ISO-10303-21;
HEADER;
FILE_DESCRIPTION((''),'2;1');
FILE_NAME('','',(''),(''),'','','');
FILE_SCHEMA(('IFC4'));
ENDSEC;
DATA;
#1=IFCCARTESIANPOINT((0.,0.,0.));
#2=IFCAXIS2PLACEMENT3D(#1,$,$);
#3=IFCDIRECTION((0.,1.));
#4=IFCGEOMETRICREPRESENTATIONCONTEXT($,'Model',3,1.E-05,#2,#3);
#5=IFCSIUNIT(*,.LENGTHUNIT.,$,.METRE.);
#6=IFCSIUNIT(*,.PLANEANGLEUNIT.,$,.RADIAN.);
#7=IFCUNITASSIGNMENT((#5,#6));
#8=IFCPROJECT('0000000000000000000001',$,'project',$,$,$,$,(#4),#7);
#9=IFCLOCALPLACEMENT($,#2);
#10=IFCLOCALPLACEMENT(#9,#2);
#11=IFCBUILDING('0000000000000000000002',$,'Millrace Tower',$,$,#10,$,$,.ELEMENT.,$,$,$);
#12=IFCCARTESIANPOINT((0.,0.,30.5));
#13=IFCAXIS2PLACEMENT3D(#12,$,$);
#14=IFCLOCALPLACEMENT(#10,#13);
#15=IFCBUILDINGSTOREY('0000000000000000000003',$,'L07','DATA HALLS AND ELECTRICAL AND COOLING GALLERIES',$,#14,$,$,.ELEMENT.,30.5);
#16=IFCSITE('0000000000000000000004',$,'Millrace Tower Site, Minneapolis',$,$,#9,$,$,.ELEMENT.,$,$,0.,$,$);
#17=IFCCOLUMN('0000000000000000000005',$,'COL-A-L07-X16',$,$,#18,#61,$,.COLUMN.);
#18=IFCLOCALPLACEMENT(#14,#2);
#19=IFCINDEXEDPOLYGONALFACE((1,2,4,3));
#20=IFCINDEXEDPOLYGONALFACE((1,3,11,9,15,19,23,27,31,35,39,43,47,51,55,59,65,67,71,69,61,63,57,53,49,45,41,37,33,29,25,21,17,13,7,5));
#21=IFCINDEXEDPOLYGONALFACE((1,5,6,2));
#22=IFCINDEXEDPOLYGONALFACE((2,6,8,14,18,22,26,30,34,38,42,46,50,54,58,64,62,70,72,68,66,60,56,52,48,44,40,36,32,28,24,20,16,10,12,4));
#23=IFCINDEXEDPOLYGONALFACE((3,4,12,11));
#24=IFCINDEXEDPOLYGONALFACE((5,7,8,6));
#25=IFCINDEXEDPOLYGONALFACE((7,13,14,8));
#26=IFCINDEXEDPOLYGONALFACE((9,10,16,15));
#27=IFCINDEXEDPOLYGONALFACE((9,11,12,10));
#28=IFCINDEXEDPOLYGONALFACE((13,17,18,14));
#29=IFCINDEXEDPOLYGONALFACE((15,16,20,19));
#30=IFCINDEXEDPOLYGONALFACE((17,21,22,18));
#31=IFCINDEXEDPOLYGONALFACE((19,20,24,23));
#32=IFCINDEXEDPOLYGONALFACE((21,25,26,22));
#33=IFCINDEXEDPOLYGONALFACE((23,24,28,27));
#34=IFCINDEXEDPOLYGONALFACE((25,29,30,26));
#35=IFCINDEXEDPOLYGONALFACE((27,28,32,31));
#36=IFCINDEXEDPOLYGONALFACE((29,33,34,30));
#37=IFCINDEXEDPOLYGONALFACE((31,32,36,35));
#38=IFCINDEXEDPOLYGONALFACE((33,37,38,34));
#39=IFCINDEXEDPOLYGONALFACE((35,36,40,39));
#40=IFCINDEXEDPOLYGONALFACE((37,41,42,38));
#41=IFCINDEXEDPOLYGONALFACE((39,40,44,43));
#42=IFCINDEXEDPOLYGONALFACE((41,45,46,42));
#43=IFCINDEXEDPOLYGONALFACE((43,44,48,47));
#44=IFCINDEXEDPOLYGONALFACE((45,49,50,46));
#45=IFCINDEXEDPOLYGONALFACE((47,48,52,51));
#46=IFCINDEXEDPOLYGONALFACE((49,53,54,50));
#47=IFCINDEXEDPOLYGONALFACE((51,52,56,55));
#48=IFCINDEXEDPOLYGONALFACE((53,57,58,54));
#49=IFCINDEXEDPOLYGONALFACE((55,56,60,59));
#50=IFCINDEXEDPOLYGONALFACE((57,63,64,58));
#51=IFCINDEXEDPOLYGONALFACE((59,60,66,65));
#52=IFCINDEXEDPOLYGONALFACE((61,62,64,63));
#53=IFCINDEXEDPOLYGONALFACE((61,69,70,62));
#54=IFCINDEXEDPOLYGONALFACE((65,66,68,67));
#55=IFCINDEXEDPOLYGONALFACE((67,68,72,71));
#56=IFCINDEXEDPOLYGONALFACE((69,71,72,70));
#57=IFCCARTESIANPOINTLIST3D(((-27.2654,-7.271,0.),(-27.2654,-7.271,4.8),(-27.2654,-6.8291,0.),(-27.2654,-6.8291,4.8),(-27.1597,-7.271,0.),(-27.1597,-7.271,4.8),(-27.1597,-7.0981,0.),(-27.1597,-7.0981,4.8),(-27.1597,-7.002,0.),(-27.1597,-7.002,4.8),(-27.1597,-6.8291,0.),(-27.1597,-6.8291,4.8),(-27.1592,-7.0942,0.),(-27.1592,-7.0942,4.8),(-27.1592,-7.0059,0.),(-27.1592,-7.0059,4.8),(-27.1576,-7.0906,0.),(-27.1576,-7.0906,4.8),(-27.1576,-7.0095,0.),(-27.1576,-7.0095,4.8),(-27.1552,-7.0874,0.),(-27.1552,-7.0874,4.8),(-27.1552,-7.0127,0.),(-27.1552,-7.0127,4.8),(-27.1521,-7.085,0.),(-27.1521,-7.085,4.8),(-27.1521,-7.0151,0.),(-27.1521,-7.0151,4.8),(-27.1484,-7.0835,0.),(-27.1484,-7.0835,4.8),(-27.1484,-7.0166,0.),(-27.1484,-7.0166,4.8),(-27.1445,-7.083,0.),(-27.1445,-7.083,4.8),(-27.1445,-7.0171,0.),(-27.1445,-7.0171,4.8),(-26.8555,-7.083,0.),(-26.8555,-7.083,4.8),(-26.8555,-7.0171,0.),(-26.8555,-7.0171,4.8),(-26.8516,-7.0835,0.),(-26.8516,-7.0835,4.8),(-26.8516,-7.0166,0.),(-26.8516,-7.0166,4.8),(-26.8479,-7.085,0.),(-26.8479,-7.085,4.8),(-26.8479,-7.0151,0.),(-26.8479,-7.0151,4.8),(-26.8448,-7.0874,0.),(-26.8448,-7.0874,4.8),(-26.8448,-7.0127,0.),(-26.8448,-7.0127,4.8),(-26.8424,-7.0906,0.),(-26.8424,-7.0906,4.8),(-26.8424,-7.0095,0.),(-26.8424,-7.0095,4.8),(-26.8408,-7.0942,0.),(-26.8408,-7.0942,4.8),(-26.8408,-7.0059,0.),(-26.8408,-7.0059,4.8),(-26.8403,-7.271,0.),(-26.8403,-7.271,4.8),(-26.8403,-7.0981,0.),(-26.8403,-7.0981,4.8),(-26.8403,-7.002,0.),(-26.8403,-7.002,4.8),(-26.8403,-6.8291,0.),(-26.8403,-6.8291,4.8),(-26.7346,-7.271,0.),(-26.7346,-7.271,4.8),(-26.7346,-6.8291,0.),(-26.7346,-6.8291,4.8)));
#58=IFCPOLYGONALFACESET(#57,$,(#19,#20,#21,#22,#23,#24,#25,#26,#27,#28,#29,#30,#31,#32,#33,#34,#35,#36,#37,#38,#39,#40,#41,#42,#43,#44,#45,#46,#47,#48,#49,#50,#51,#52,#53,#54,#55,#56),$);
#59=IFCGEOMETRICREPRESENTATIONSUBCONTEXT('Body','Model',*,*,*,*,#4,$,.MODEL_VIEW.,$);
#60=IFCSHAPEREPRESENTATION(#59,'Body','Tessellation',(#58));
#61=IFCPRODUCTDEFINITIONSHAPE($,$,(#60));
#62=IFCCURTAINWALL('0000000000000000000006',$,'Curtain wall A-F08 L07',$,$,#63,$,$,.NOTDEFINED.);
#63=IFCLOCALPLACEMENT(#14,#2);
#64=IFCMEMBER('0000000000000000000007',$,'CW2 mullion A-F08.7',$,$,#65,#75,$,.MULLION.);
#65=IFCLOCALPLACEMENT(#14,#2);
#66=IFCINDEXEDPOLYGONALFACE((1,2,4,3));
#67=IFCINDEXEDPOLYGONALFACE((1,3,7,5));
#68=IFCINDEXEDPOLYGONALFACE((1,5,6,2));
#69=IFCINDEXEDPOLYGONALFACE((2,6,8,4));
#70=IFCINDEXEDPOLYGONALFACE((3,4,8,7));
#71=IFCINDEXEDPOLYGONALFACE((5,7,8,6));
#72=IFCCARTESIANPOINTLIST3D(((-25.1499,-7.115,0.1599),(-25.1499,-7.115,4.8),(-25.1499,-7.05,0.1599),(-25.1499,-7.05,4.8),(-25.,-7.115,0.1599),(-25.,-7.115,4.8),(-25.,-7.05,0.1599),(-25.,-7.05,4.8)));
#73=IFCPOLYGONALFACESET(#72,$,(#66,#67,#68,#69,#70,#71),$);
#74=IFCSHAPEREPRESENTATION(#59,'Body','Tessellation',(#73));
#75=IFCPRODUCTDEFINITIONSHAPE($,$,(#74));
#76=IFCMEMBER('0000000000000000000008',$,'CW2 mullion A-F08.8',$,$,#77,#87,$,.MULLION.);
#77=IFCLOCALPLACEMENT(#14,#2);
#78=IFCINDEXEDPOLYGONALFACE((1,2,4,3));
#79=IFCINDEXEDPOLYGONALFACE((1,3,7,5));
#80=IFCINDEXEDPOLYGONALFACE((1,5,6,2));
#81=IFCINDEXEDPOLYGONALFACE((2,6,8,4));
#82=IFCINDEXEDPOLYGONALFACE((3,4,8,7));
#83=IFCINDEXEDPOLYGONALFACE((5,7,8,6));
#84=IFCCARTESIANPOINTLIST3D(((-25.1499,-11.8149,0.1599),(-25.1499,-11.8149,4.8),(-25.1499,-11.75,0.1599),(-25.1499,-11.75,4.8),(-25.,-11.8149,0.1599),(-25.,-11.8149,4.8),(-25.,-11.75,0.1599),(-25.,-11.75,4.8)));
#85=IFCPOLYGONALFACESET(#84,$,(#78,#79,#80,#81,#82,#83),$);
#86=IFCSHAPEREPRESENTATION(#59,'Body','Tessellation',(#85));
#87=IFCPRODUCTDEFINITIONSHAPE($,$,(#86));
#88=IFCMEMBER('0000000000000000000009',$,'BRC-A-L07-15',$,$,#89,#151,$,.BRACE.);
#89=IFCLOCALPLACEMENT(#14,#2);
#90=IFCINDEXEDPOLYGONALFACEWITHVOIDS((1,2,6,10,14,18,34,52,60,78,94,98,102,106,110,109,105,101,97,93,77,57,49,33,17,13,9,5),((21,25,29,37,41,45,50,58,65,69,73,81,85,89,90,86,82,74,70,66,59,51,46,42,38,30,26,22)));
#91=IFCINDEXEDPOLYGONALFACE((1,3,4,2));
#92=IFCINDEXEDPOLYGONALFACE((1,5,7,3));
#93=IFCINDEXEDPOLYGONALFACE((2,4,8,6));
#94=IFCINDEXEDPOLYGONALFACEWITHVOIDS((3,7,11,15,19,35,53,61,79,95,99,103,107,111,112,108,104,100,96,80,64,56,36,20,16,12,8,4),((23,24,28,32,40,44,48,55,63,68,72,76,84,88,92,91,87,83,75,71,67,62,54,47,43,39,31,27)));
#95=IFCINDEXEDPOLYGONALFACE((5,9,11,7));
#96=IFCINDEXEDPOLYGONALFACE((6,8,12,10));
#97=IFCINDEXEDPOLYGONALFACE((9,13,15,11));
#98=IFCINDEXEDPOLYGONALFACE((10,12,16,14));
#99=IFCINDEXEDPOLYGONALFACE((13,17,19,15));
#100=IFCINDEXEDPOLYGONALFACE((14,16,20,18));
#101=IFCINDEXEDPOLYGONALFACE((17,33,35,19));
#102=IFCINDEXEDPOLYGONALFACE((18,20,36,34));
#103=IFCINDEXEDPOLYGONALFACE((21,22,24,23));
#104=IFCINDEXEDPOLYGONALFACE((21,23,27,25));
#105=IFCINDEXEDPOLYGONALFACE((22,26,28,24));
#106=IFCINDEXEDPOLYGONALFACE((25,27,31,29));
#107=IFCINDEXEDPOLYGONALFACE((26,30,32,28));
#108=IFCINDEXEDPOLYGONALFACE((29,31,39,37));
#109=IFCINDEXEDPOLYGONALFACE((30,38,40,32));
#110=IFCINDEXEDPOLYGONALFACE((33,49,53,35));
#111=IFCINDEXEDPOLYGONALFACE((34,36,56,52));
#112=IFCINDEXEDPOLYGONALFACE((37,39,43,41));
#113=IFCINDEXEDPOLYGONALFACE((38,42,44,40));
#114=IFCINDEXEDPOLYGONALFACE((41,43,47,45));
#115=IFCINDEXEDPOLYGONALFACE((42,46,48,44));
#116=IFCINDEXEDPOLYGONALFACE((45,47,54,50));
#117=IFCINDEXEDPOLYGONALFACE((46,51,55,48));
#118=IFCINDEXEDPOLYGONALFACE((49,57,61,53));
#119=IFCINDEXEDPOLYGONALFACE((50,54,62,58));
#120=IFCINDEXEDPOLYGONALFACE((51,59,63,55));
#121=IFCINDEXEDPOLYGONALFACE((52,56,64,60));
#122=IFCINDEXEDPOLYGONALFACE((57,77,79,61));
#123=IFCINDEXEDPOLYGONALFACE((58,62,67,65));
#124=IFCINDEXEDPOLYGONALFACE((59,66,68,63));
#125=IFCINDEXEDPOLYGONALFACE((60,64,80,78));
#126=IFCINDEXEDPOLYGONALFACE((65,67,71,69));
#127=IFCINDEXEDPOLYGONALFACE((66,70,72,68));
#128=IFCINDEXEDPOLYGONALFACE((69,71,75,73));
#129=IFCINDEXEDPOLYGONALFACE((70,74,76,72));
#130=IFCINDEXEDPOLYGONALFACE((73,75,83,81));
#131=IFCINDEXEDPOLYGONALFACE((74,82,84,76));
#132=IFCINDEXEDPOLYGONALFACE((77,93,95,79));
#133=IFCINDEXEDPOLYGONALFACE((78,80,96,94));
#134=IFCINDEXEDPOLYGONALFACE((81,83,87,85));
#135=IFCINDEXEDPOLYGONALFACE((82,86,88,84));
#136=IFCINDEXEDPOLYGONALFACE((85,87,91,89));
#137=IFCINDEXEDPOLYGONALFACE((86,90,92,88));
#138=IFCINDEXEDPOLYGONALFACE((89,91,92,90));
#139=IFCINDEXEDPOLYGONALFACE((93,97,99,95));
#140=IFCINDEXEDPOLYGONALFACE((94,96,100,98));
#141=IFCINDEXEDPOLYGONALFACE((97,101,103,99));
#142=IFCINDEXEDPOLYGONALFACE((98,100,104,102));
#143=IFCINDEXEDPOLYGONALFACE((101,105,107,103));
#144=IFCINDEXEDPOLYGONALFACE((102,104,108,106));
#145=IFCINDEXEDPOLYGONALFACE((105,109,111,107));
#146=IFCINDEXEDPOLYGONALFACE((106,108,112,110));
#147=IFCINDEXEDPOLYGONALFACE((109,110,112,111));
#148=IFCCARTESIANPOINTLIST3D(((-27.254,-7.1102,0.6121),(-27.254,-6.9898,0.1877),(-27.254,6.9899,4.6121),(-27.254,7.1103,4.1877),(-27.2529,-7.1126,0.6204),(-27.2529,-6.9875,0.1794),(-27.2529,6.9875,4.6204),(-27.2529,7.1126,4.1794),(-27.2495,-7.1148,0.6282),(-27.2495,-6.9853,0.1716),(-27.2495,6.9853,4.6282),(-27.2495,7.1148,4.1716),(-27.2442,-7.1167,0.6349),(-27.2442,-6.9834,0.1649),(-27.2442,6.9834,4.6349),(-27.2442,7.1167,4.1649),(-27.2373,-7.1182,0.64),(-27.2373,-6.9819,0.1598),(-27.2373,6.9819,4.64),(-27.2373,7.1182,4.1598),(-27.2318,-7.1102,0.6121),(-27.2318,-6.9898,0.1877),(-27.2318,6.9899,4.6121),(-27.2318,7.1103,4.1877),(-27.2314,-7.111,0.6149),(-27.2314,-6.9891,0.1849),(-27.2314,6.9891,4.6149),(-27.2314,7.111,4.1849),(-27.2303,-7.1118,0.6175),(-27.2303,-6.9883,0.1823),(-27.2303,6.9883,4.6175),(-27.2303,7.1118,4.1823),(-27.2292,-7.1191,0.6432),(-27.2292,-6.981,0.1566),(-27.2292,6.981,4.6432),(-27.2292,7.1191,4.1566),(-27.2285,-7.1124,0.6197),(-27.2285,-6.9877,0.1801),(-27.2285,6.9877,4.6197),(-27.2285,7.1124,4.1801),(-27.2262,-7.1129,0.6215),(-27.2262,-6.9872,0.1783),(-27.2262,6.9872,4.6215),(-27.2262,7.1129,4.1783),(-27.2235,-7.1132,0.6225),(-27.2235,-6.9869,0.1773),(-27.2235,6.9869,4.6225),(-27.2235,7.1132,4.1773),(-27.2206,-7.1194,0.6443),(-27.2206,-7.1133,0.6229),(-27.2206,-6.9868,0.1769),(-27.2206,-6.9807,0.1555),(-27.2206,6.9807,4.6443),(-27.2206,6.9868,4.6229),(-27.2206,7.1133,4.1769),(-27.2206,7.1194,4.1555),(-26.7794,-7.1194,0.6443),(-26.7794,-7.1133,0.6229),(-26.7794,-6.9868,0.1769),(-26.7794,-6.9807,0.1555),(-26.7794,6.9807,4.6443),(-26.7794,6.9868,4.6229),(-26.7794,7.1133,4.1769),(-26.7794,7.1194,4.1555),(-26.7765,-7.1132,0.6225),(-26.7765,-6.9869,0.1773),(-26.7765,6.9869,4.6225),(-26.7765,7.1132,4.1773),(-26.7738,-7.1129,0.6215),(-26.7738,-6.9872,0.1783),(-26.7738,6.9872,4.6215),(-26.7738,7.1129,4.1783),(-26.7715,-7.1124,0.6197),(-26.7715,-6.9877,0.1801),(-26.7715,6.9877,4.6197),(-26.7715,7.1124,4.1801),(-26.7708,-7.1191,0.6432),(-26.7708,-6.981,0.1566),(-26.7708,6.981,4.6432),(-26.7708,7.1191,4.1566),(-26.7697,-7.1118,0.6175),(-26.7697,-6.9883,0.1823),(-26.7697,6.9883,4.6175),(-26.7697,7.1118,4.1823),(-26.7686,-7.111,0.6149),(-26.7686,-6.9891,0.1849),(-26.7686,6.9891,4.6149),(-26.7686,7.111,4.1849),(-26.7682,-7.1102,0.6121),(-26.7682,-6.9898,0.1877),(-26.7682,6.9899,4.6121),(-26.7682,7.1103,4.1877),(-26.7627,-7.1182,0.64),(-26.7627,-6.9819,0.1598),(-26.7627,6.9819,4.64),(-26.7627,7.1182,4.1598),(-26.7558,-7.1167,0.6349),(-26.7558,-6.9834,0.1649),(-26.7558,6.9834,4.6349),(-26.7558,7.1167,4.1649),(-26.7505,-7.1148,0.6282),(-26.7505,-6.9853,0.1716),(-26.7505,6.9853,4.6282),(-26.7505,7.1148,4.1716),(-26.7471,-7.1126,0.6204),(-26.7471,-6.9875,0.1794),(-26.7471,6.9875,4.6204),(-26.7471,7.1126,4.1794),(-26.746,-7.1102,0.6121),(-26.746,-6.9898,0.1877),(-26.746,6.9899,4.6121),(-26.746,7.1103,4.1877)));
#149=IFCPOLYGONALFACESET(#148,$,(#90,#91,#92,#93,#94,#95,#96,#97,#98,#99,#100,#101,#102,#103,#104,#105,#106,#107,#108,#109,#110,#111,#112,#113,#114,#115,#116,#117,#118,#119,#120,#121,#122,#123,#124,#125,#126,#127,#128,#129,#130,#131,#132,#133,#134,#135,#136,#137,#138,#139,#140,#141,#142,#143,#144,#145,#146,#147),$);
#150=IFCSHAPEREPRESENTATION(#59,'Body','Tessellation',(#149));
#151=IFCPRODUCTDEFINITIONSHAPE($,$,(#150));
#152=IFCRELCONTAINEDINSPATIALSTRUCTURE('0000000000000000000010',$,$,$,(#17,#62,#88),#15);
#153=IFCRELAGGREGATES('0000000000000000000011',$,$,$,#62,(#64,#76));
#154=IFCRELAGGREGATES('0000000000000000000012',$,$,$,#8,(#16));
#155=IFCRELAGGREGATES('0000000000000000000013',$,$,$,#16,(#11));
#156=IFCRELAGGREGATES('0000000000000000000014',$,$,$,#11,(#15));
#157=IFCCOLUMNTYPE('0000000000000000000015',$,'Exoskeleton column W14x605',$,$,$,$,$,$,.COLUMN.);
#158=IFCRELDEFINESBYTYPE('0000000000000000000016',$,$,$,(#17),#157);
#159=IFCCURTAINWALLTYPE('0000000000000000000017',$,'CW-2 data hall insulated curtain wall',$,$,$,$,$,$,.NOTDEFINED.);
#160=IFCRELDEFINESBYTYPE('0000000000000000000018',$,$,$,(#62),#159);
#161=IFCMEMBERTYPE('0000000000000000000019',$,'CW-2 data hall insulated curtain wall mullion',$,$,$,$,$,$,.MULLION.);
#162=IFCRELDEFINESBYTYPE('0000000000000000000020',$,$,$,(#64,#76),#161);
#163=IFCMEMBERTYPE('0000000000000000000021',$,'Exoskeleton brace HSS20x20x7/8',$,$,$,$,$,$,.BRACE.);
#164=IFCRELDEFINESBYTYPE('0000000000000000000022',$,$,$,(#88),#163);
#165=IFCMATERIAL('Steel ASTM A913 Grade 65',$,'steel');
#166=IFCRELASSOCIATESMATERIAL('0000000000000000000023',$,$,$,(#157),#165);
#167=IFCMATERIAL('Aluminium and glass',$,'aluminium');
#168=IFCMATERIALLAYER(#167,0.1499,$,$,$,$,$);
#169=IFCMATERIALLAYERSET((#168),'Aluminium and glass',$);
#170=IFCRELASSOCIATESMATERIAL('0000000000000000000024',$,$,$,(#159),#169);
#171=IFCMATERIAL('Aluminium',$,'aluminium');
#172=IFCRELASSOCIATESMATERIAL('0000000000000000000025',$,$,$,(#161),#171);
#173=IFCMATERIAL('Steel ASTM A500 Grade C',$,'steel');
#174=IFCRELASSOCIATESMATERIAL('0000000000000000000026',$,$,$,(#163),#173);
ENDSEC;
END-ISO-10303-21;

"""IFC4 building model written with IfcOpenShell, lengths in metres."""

from ifc_helpers import new_model, si_unit, direction, frame, origin, origin_2d, place, context, subcontext, project, spatial, rectangle, hollow_rectangle, i_section, extrude, material, layer, layer_set, material_profile, profile_set, type_object, element, aggregate, save


model = new_model("IFC4")

# Units and contexts
model_context = context("Model", 3, precision=1e-05, world=origin(), true_north=direction((0.0, 1.0)))
body_context = subcontext(model_context, "Body", "Model", "MODEL_VIEW")
ifc_project = project(units=[si_unit("LENGTHUNIT", "METRE"), si_unit("PLANEANGLEUNIT", "RADIAN")], contexts=[model_context])

# Site, building, storey
site_placement = place(None, origin())
site = spatial("IfcSite", under=ifc_project, at=site_placement, Name="Millrace Tower Site, Minneapolis", CompositionType="ELEMENT", RefElevation=0.0)
building_placement = place(site_placement, origin())
building = spatial("IfcBuilding", under=site, at=building_placement, Name="Millrace Tower", CompositionType="ELEMENT")
storey_placement = place(building_placement, frame((0.0, 0.0, 30.5)))
storey = spatial("IfcBuildingStorey", under=building, at=storey_placement, Name="L07", Description="DATA HALLS AND ELECTRICAL AND COOLING GALLERIES", CompositionType="ELEMENT", Elevation=30.5)

# Column
ifc_material_1 = material(Name="Steel ASTM A913 Grade 65", Category="steel")
ifc_material_profile_1 = material_profile(ifc_material_1, i_section(OverallWidth=0.4419, OverallDepth=0.5308, WebThickness=0.0659, FlangeThickness=0.1057, FilletRadius=0.0151, at=origin_2d()))
ifc_profile_set_1 = profile_set([ifc_material_profile_1], Name="Steel ASTM A913 Grade 65")
column_type = type_object("IfcColumnType", Name="Exoskeleton column W14x605", PredefinedType="COLUMN", material=ifc_profile_set_1)
column_placement = place(storey_placement, frame((-27.0, -7.05, 0.0), z_axis=(0.0, 0.0, 1.0), x_axis=(0.0, -1.0, 0.0)))
element("IfcColumn", 1, at=column_placement, inside=storey, type_object=column_type, Name="COL-A-L07-X16", PredefinedType="COLUMN", context=body_context, shape_type="SweptSolid", body=[
    extrude(i_section(OverallWidth=0.4419, OverallDepth=0.5308, WebThickness=0.0659, FlangeThickness=0.1057, FilletRadius=0.0151, at=origin_2d()), origin(), (0.0, 0.0, 1.0), 4.8),
])

# Curtain wall, members
ifc_material_2 = material(Name="Aluminium and glass", Category="aluminium")
ifc_layer_1 = layer(ifc_material_2, 0.1499)
ifc_layer_set_1 = layer_set([ifc_layer_1], Name="Aluminium and glass")
curtain_wall_type = type_object("IfcCurtainWallType", Name="CW-2 data hall insulated curtain wall", PredefinedType="NOTDEFINED", material=ifc_layer_set_1)
curtain_wall_placement = place(storey_placement, origin())
curtain_wall = element("IfcCurtainWall", 2, at=curtain_wall_placement, inside=storey, type_object=curtain_wall_type, Name="Curtain wall A-F08 L07", PredefinedType="NOTDEFINED")
ifc_material_3 = material(Name="Aluminium", Category="aluminium")
ifc_material_profile_2 = material_profile(ifc_material_3, rectangle(XDim=0.0649, YDim=0.1499, at=origin_2d()))
ifc_profile_set_2 = profile_set([ifc_material_profile_2], Name="Aluminium")
member_type_1 = type_object("IfcMemberType", Name="CW-2 data hall insulated curtain wall mullion", PredefinedType="MULLION", material=ifc_profile_set_2)
member_1_placement = place(storey_placement, frame((-25.075, -7.0825, 0.1599), z_axis=(0.0, 0.0, 1.0), x_axis=(0.0, -1.0, 0.0)))
member_1 = element("IfcMember", 3, at=member_1_placement, type_object=member_type_1, Name="CW2 mullion A-F08.7", PredefinedType="MULLION", context=body_context, shape_type="SweptSolid", body=[
    extrude(rectangle(XDim=0.0649, YDim=0.1499, at=origin_2d()), origin(), (0.0, 0.0, 1.0), 4.6401),
])
member_2_placement = place(storey_placement, frame((-25.075, -11.7825, 0.1599), z_axis=(0.0, 0.0, 1.0), x_axis=(0.0, -1.0, 0.0)))
member_2 = element("IfcMember", 4, at=member_2_placement, type_object=member_type_1, Name="CW2 mullion A-F08.8", PredefinedType="MULLION", context=body_context, shape_type="SweptSolid", body=[
    extrude(rectangle(XDim=0.0649, YDim=0.1499, at=origin_2d()), origin(), (0.0, 0.0, 1.0), 4.6401),
])
aggregate(curtain_wall, [member_1, member_2])

# Member
ifc_material_4 = material(Name="Steel ASTM A500 Grade C", Category="steel")
ifc_material_profile_3 = material_profile(ifc_material_4, hollow_rectangle(XDim=0.5081, YDim=0.5081, WallThickness=0.0222, InnerFilletRadius=0.0112, OuterFilletRadius=0.0334, at=origin_2d()))
ifc_profile_set_3 = profile_set([ifc_material_profile_3], Name="Steel ASTM A500 Grade C")
member_type_2 = type_object("IfcMemberType", Name="Exoskeleton brace HSS20x20x7/8", PredefinedType="BRACE", material=ifc_profile_set_3)
member_3_placement = place(storey_placement, frame((-27.0, -7.05, 0.3999), z_axis=(0.0, 0.962038, 0.272917), x_axis=(-1.0, 0.0, 0.0)))
element("IfcMember", 5, at=member_3_placement, inside=storey, type_object=member_type_2, Name="BRC-A-L07-15", PredefinedType="BRACE", context=body_context, shape_type="SweptSolid", body=[
    extrude(hollow_rectangle(XDim=0.5081, YDim=0.5081, WallThickness=0.0222, InnerFilletRadius=0.0112, OuterFilletRadius=0.0334, at=origin_2d()), origin(), (0.0, 0.0, 1.0), 14.6565),
])

save(model, "model.ifc")
